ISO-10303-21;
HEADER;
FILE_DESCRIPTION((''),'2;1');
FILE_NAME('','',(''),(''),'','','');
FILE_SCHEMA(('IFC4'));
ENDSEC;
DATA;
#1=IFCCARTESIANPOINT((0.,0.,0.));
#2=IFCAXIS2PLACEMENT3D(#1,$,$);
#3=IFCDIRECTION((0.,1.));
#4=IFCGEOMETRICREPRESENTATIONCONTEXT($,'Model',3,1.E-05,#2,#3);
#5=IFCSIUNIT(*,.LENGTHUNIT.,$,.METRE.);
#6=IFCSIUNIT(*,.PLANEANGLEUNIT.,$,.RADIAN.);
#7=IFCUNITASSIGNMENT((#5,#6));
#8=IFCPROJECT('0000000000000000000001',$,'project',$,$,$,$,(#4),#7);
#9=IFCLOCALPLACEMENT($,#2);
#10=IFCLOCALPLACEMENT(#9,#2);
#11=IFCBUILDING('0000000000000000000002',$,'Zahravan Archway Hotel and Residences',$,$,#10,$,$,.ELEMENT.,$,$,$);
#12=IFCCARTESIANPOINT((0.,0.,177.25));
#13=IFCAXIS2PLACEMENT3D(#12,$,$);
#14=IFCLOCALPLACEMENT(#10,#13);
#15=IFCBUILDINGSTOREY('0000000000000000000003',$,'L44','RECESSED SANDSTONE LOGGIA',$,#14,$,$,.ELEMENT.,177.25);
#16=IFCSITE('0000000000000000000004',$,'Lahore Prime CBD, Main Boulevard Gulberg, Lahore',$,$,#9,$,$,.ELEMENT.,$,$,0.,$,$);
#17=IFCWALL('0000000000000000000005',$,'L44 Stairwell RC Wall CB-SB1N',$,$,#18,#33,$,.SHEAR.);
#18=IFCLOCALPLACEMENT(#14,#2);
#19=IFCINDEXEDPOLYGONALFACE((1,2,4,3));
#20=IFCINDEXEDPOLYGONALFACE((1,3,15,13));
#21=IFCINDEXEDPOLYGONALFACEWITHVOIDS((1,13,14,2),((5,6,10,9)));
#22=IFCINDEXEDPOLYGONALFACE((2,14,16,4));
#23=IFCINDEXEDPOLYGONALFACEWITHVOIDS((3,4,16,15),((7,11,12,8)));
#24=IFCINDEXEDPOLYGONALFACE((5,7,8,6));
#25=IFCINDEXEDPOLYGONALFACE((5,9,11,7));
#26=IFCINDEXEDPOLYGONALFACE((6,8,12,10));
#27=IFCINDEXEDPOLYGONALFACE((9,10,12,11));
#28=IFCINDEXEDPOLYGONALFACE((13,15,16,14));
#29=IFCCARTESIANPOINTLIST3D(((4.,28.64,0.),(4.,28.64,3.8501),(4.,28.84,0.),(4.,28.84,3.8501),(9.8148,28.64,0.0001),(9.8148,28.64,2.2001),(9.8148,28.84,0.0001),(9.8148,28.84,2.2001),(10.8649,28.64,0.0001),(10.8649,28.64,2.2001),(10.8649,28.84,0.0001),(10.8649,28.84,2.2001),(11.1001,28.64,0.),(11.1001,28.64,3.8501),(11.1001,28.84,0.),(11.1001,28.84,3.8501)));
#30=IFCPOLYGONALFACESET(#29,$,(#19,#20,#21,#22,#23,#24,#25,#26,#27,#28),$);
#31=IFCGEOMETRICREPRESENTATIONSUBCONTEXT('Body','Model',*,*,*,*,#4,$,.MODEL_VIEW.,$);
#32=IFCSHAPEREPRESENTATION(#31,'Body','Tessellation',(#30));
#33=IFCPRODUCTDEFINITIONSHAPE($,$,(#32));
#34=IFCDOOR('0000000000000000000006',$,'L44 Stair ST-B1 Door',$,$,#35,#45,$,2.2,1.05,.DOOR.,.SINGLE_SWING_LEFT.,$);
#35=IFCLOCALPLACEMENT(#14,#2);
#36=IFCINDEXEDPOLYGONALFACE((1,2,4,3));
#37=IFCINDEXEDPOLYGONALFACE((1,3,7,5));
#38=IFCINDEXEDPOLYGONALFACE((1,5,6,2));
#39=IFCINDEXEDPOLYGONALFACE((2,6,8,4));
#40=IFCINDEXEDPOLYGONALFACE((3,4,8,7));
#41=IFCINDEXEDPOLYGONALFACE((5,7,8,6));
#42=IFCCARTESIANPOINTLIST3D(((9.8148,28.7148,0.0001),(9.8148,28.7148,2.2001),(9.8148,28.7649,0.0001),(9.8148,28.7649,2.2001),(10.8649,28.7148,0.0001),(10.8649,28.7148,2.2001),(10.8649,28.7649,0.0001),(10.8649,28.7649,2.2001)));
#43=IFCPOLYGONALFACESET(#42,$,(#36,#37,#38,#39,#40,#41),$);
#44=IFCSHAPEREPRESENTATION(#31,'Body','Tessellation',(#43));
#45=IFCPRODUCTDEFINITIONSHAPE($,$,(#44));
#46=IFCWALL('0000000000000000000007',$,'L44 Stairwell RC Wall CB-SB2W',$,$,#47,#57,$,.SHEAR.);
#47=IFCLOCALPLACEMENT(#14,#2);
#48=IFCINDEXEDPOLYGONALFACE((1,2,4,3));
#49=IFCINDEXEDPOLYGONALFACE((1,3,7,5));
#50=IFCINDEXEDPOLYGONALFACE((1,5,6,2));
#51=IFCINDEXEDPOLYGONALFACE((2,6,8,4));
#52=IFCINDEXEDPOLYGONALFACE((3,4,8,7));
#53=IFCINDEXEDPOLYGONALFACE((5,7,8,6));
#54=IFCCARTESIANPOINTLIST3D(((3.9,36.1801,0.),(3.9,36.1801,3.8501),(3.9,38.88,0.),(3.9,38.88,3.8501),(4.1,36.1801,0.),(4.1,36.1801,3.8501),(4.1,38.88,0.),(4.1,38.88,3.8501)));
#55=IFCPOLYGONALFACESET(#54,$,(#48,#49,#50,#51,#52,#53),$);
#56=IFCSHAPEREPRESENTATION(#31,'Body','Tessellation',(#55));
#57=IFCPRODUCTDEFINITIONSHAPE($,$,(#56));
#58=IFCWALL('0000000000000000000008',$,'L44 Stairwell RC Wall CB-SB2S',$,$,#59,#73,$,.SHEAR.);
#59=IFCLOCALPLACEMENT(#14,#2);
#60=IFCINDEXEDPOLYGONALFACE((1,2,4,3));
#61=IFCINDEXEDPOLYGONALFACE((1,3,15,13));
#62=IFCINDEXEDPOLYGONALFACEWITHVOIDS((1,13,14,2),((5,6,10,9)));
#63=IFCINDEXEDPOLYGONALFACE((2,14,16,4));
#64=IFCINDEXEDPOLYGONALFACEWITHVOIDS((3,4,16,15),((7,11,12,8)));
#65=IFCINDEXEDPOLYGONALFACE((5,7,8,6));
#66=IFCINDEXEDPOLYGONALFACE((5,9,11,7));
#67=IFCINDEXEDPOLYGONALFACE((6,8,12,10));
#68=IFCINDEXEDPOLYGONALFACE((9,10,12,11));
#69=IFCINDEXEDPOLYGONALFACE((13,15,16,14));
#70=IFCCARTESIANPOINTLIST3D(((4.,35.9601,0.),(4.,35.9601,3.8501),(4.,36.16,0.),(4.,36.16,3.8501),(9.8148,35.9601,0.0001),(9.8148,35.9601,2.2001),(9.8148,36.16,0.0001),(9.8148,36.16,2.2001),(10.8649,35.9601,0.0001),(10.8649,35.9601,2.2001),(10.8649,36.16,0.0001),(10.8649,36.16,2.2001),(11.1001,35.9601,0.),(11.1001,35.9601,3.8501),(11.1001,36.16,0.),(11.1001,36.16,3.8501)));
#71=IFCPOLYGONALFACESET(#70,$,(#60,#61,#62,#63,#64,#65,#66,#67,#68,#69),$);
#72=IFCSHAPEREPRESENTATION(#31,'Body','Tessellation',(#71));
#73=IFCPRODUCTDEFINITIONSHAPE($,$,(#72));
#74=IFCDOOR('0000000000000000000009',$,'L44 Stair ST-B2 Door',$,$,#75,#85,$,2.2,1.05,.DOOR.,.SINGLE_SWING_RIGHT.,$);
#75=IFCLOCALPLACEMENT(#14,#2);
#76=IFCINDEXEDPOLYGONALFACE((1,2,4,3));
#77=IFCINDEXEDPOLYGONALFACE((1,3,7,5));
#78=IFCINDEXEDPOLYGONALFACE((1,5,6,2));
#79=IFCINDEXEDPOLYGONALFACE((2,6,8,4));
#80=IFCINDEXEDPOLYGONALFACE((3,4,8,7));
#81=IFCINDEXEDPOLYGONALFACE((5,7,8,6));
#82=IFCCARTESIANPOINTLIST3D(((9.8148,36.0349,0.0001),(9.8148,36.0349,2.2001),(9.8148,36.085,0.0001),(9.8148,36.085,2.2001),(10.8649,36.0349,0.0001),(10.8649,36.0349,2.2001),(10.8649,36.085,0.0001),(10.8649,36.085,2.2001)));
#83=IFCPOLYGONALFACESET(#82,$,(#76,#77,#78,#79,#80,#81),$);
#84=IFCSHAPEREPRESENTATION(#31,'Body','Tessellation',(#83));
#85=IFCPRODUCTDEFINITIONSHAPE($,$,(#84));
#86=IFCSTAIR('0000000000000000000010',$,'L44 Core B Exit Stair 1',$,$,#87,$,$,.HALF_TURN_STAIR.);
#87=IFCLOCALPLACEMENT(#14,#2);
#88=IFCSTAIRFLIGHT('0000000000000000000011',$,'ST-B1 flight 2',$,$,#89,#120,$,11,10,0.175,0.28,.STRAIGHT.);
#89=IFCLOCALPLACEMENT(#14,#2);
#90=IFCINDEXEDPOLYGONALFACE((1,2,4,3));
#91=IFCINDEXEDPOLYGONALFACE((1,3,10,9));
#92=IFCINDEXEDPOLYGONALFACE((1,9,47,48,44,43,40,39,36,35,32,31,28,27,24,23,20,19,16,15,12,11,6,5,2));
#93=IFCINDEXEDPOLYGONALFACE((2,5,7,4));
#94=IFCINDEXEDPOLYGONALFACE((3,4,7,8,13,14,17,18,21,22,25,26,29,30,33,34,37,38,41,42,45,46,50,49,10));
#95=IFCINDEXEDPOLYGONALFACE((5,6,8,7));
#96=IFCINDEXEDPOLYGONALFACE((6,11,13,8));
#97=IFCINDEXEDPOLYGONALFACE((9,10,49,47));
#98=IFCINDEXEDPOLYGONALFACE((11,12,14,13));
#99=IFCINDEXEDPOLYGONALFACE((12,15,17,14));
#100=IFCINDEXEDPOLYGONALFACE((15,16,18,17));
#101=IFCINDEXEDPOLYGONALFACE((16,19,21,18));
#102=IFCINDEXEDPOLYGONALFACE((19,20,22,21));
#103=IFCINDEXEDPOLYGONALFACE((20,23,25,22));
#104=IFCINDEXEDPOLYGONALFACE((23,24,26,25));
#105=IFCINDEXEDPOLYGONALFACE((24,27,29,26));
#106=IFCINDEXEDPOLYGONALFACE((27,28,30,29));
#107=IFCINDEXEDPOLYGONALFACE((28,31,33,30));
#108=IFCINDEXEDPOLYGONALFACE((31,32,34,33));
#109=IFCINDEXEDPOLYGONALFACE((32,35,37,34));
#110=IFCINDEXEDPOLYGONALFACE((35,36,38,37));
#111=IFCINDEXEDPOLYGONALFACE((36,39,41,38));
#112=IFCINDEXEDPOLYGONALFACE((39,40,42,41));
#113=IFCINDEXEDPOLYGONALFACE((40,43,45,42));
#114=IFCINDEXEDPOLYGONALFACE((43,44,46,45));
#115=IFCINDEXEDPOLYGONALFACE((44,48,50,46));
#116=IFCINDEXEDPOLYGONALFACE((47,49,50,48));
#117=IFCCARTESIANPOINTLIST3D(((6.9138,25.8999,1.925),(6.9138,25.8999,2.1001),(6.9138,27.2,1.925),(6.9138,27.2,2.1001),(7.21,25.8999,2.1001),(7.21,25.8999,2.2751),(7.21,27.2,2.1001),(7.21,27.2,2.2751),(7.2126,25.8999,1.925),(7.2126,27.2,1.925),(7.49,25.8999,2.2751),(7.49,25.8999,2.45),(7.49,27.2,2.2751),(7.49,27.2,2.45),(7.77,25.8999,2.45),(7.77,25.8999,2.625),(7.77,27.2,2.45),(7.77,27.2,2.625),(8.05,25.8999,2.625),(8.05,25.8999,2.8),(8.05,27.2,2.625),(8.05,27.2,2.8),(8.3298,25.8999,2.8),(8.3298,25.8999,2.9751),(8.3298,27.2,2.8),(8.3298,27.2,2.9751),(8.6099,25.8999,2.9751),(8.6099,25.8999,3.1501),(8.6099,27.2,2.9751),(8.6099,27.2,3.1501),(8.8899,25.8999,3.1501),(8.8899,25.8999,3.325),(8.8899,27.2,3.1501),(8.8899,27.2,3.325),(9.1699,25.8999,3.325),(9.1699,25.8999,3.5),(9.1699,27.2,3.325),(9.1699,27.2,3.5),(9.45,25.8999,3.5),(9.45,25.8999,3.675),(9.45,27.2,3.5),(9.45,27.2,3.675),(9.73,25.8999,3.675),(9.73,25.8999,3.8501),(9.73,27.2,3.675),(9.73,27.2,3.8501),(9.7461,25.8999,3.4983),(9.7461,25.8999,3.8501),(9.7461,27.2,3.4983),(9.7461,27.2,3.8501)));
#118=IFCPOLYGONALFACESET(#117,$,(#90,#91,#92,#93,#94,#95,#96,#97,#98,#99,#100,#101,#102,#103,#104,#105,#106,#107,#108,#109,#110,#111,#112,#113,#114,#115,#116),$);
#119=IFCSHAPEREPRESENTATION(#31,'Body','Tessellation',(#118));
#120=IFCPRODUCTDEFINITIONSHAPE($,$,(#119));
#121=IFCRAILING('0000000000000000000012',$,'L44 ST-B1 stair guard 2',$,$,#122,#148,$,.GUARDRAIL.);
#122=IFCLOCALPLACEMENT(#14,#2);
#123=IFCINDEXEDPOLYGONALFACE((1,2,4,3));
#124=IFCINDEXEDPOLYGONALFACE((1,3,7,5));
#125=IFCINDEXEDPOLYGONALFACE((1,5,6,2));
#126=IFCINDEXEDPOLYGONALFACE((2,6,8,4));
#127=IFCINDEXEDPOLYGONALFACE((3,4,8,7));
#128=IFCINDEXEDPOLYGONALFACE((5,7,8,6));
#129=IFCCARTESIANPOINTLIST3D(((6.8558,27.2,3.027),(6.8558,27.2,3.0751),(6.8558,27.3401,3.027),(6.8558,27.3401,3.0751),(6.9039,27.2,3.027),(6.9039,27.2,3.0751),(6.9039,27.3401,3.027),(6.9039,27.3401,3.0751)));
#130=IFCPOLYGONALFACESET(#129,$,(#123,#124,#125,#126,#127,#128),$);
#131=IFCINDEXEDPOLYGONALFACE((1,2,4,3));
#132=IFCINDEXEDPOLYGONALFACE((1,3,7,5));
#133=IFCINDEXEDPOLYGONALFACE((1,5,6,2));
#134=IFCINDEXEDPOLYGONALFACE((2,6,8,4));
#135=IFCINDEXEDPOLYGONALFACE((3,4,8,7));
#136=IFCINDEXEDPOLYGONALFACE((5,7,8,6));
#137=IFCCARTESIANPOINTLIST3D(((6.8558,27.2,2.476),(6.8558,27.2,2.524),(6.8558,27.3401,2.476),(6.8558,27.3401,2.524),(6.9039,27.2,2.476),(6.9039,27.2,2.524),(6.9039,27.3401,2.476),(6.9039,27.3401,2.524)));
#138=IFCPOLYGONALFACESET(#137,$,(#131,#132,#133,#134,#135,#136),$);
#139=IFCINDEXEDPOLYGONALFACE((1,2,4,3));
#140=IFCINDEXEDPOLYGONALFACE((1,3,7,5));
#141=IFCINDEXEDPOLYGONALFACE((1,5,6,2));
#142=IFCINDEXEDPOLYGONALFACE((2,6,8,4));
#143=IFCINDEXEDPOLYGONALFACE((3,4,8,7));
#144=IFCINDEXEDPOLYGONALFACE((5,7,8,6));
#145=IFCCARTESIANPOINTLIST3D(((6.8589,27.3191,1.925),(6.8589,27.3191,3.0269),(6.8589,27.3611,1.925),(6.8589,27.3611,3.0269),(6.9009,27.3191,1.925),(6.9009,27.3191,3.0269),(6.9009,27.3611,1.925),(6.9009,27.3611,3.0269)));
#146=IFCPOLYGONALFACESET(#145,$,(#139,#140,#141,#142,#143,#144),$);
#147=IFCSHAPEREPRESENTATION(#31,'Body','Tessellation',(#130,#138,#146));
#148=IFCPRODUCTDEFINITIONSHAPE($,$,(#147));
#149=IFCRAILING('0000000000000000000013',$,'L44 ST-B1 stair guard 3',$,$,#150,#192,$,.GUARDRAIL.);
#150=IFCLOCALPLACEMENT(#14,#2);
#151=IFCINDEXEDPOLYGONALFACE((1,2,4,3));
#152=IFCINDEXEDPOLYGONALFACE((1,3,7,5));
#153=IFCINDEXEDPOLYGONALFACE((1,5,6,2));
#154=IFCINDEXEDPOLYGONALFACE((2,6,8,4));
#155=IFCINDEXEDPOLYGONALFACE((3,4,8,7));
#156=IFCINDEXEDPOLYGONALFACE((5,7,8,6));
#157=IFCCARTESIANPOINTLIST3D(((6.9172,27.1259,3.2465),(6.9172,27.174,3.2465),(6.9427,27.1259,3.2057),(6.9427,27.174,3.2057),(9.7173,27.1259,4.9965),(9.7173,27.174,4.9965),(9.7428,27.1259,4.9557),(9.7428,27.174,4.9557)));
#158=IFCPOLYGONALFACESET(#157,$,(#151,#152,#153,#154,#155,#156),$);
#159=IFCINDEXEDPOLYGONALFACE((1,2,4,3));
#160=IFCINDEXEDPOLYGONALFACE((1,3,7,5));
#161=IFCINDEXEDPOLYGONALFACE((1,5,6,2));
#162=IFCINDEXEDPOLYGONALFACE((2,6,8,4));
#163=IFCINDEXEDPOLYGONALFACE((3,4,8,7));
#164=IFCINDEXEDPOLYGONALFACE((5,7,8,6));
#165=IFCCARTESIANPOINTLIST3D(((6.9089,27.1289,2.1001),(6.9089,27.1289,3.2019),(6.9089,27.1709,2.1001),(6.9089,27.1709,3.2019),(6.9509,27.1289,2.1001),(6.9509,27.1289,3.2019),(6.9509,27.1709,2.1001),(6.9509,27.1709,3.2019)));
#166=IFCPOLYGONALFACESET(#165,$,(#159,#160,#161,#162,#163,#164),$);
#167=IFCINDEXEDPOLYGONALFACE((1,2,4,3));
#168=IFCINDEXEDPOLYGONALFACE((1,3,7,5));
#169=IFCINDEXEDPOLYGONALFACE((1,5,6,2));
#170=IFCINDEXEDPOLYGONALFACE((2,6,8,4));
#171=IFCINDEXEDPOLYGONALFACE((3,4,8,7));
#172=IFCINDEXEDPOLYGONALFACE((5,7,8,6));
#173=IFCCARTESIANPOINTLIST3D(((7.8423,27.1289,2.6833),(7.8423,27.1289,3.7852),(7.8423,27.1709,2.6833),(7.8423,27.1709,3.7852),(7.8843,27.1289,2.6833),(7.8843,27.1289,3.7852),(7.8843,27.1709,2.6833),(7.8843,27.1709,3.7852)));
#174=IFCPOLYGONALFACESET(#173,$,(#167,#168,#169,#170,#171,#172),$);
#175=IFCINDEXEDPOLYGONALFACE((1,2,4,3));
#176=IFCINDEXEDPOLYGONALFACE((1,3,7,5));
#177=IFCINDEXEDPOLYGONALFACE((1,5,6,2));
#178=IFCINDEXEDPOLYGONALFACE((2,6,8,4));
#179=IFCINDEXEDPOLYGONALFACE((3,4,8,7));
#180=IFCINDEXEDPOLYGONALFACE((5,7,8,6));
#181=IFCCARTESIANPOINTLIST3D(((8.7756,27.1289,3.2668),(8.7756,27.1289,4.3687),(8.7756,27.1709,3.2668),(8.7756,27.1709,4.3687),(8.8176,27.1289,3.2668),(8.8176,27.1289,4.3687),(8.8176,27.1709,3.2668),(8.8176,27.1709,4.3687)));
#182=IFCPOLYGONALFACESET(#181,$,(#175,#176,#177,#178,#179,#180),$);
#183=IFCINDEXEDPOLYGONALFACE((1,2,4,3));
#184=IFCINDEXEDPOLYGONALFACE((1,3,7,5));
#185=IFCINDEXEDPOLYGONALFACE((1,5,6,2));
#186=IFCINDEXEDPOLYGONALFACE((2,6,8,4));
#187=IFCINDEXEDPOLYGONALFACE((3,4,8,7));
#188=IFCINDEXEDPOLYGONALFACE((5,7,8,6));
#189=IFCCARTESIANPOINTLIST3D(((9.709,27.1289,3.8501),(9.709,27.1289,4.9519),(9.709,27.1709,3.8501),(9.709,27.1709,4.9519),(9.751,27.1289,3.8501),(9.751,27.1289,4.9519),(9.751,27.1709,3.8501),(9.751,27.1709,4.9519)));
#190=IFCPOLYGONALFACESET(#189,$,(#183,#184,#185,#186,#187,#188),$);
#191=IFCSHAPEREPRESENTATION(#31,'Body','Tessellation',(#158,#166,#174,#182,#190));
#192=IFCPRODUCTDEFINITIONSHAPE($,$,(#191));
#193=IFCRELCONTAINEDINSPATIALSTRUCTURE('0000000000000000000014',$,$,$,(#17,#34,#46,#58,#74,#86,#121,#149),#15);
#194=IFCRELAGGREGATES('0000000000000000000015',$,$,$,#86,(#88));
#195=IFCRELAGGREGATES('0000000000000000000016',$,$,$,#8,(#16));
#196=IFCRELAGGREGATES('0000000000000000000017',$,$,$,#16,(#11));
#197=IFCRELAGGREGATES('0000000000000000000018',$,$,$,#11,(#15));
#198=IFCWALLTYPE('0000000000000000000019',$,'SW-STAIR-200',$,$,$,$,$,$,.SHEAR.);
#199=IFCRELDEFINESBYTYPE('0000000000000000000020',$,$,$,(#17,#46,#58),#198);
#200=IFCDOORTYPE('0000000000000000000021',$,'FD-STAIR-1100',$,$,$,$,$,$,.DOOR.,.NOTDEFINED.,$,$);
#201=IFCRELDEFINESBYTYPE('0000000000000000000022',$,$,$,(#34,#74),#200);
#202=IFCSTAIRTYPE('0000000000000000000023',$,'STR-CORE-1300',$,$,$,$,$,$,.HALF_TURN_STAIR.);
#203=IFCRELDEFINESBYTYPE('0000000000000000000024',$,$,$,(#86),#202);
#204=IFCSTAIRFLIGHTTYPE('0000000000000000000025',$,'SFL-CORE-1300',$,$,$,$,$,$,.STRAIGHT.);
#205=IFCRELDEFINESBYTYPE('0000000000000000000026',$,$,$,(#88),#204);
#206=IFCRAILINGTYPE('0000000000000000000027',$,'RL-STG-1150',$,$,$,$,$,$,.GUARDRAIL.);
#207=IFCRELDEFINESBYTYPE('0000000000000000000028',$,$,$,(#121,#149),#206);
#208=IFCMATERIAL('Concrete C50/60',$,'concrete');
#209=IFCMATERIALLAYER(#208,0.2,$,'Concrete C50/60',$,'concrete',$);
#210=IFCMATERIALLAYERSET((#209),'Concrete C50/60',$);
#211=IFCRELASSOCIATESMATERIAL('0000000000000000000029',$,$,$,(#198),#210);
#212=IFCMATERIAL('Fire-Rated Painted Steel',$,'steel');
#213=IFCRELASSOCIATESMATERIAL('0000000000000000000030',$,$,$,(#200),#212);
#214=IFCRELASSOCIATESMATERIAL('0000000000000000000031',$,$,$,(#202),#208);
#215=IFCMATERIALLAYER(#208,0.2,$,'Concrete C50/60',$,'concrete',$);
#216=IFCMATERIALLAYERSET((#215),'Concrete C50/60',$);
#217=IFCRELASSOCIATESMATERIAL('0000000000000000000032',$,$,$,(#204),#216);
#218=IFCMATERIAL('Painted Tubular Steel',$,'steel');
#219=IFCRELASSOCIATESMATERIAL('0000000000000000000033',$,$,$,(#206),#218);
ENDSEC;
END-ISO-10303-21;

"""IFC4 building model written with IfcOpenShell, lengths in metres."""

from ifc_helpers import new_model, si_unit, direction, frame, frame_2d, origin, origin_2d, place, context, subcontext, project, spatial, polyline, rectangle, outline, extrude, source, transform, mapped, material, layer, layer_set, type_object, type_shapes, element, fill, aggregate, save


model = new_model("IFC4")

# Units and contexts
model_context = context("Model", 3, precision=1e-05, world=origin(), true_north=direction((0.0, 1.0)))
body_context = subcontext(model_context, "Body", "Model", "MODEL_VIEW")
ifc_project = project(units=[si_unit("LENGTHUNIT", "METRE"), si_unit("PLANEANGLEUNIT", "RADIAN")], contexts=[model_context])

# Site, building, storey
site_placement = place(None, origin())
site = spatial("IfcSite", under=ifc_project, at=site_placement, Name="Lahore Prime CBD, Main Boulevard Gulberg, Lahore", CompositionType="ELEMENT", RefElevation=0.0)
building_placement = place(site_placement, origin())
building = spatial("IfcBuilding", under=site, at=building_placement, Name="Zahravan Archway Hotel and Residences", CompositionType="ELEMENT")
storey_placement = place(building_placement, frame((0.0, 0.0, 177.25)))
storey = spatial("IfcBuildingStorey", under=building, at=storey_placement, Name="L44", Description="RECESSED SANDSTONE LOGGIA", CompositionType="ELEMENT", Elevation=177.25)

# Shared definitions
ifc_material_1 = material(Name="Fire-Rated Painted Steel", Category="steel")

# Shared definitions
ifc_material_2 = material(Name="Concrete C50/60", Category="concrete")
ifc_layer_1 = layer(ifc_material_2, 0.2, Name="Concrete C50/60", Category="concrete")
ifc_layer_set_1 = layer_set([ifc_layer_1], Name="Concrete C50/60")
wall_type_1 = type_object("IfcWallType", Name="SW-STAIR-200", PredefinedType="SHEAR", material=ifc_layer_set_1)

# Wall, opening, door
wall_1_placement = place(storey_placement, frame((4.0, 28.74, 0.0), z_axis=(0.0, 0.0, 1.0), x_axis=(1.0, 0.0, 0.0)))
wall_1 = element("IfcWall", 1, at=wall_1_placement, inside=storey, type_object=wall_type_1, Name="L44 Stairwell RC Wall CB-SB1N", PredefinedType="SHEAR", context=body_context, shape_type="SweptSolid", body=[
    extrude(rectangle(XDim=7.1001, YDim=0.2, at=frame_2d((3.55, 0.0))), origin(), (0.0, 0.0, 1.0), 3.8501),
])
opening_1_placement = place(wall_1_placement, frame((5.8149, 0.0, 0.0)))
opening_1 = element("IfcOpeningElement", 2, at=opening_1_placement, cuts=wall_1, PredefinedType="OPENING", context=body_context, shape_type="SweptSolid", body=[
    extrude(rectangle(XDim=1.05, YDim=2.2, at=frame_2d((0.5249, 1.1001))), frame((0.0, 0.1099, 0.0), z_axis=(0.0, -1.0, 0.0), x_axis=(1.0, 0.0, 0.0)), (0.0, 0.0, 1.0), 0.22),
])
door_type_1 = type_object("IfcDoorType", Name="FD-STAIR-1100", OperationType="NOTDEFINED", PredefinedType="DOOR", material=ifc_material_1)
shared_shape_1 = source(origin(), body_context, "Body", "SweptSolid", [
    extrude(rectangle(XDim=1.05, YDim=2.2, at=frame_2d((0.5249, 1.1001))), frame((0.0, 0.0249, 0.0), z_axis=(0.0, -1.0, 0.0), x_axis=(1.0, 0.0, 0.0)), (0.0, 0.0, 1.0), 0.05),
])
type_shapes(door_type_1, [shared_shape_1])
door_1_placement = place(opening_1_placement, origin())
door_1 = element("IfcDoor", 3, at=door_1_placement, inside=storey, type_object=door_type_1, Name="L44 Stair ST-B1 Door", OperationType="SINGLE_SWING_LEFT", OverallHeight=2.2, OverallWidth=1.05, PredefinedType="DOOR", context=body_context, shape_type="MappedRepresentation", body=[
    mapped(shared_shape_1, transform((0.0, 0.0, 0.0), scale=1.0)),
])
fill(opening_1, door_1)

# Wall
wall_2_placement = place(storey_placement, frame((4.0, 36.1799, 0.0), z_axis=(0.0, 0.0, 1.0), x_axis=(0.0, 1.0, 0.0)))
element("IfcWall", 4, at=wall_2_placement, inside=storey, type_object=wall_type_1, Name="L44 Stairwell RC Wall CB-SB2W", PredefinedType="SHEAR", context=body_context, shape_type="SweptSolid", body=[
    extrude(rectangle(XDim=2.7, YDim=0.2, at=frame_2d((1.3501, 0.0))), origin(), (0.0, 0.0, 1.0), 3.8501),
])

# Wall, opening, door
wall_3_placement = place(storey_placement, frame((4.0, 36.0601, 0.0), z_axis=(0.0, 0.0, 1.0), x_axis=(1.0, 0.0, 0.0)))
wall_3 = element("IfcWall", 5, at=wall_3_placement, inside=storey, type_object=wall_type_1, Name="L44 Stairwell RC Wall CB-SB2S", PredefinedType="SHEAR", context=body_context, shape_type="SweptSolid", body=[
    extrude(rectangle(XDim=7.1001, YDim=0.2, at=frame_2d((3.55, 0.0))), origin(), (0.0, 0.0, 1.0), 3.8501),
])
opening_2_placement = place(wall_3_placement, frame((5.8149, 0.0, 0.0)))
opening_2 = element("IfcOpeningElement", 6, at=opening_2_placement, cuts=wall_3, PredefinedType="OPENING", context=body_context, shape_type="SweptSolid", body=[
    extrude(rectangle(XDim=1.05, YDim=2.2, at=frame_2d((0.5249, 1.1001))), frame((0.0, 0.1099, 0.0), z_axis=(0.0, -1.0, 0.0), x_axis=(1.0, 0.0, 0.0)), (0.0, 0.0, 1.0), 0.22),
])
door_2_placement = place(opening_2_placement, origin())
door_2 = element("IfcDoor", 7, at=door_2_placement, inside=storey, type_object=door_type_1, Name="L44 Stair ST-B2 Door", OperationType="SINGLE_SWING_RIGHT", OverallHeight=2.2, OverallWidth=1.05, PredefinedType="DOOR", context=body_context, shape_type="MappedRepresentation", body=[
    mapped(shared_shape_1, transform((0.0, 0.0, 0.0), scale=1.0)),
])
fill(opening_2, door_2)

# Stair, stair flight
stair_type = type_object("IfcStairType", Name="STR-CORE-1300", PredefinedType="HALF_TURN_STAIR", material=ifc_material_2)
stair_placement = place(storey_placement, origin())
stair = element("IfcStair", 8, at=stair_placement, inside=storey, type_object=stair_type, Name="L44 Core B Exit Stair 1", PredefinedType="HALF_TURN_STAIR")
ifc_layer_2 = layer(ifc_material_2, 0.2, Name="Concrete C50/60", Category="concrete")
ifc_layer_set_2 = layer_set([ifc_layer_2], Name="Concrete C50/60")
stair_flight_type = type_object("IfcStairFlightType", Name="SFL-CORE-1300", PredefinedType="STRAIGHT", material=ifc_layer_set_2)
shared_shape_2 = source(origin(), body_context, "Body", "SweptSolid", [
    extrude(outline(polyline([(-0.0161, 0.0), (-0.0161, 0.175), (0.28, 0.175), (0.28, 0.3501), (0.5601, 0.3501), (0.5601, 0.5249), (0.8401, 0.5249), (0.8401, 0.7), (1.1201, 0.7), (1.1201, 0.875), (1.3999, 0.875), (1.3999, 1.05), (1.6799, 1.05), (1.6799, 1.2251), (1.96, 1.2251), (1.96, 1.3999), (2.24, 1.3999), (2.24, 1.575), (2.52, 1.575), (2.52, 1.75), (2.8, 1.75), (2.8, 1.925), (2.8162, 1.925), (2.8162, 1.5732), (0.2827, 0.0), (-0.0161, 0.0)])), frame((0.0, 0.6499, 0.0), z_axis=(0.0, -1.0, 0.0), x_axis=(1.0, 0.0, 0.0)), (0.0, 0.0, 1.0), 1.3),
])
stair_flight_placement = place(storey_placement, frame((6.9299, 26.55, 1.925), z_axis=(0.0, 0.0, 1.0), x_axis=(1.0, 0.0, 0.0)))
stair_flight = element("IfcStairFlight", 9, at=stair_flight_placement, type_object=stair_flight_type, Name="ST-B1 flight 2", NumberOfRisers=11, NumberOfTreads=10, PredefinedType="STRAIGHT", RiserHeight=0.175, TreadLength=0.28, context=body_context, shape_type="MappedRepresentation", body=[
    mapped(shared_shape_2, transform((0.0, 0.0, 0.0), scale=1.0)),
])
aggregate(stair, [stair_flight])

# Railings
ifc_material_3 = material(Name="Painted Tubular Steel", Category="steel")
railing_type_1 = type_object("IfcRailingType", Name="RL-STG-1150", PredefinedType="GUARDRAIL", material=ifc_material_3)
railing_1_placement = place(storey_placement, frame((6.8799, 27.3401, 1.925)))
element("IfcRailing", 10, at=railing_1_placement, inside=storey, type_object=railing_type_1, Name="L44 ST-B1 stair guard 2", PredefinedType="GUARDRAIL", context=body_context, shape_type="SweptSolid", body=[
    extrude(rectangle(XDim=0.0481, YDim=0.0481, at=origin_2d()), frame((0.0, 0.0, 1.126), z_axis=(0.0, -1.0, 0.0), x_axis=(1.0, 0.0, 0.0)), (0.0, 0.0, 1.0), 0.1401),
    extrude(rectangle(XDim=0.0481, YDim=0.0481, at=origin_2d()), frame((0.0, 0.0, 0.575), z_axis=(0.0, -1.0, 0.0), x_axis=(1.0, 0.0, 0.0)), (0.0, 0.0, 1.0), 0.1401),
    extrude(rectangle(XDim=0.042, YDim=0.042, at=origin_2d()), origin(), (0.0, 0.0, 1.0), 1.1018),
])
railing_2_placement = place(storey_placement, frame((6.9299, 27.1499, 2.1001)))
element("IfcRailing", 11, at=railing_2_placement, inside=storey, type_object=railing_type_1, Name="L44 ST-B1 stair guard 3", PredefinedType="GUARDRAIL", context=body_context, shape_type="SweptSolid", body=[
    extrude(rectangle(XDim=0.0481, YDim=0.0481, at=origin_2d()), frame((0.0, 0.0, 1.126), z_axis=(0.848002, 0.0, 0.529992), x_axis=(0.0, 1.0, 0.0)), (0.0, 0.0, 1.0), 3.302),
    extrude(rectangle(XDim=0.042, YDim=0.042, at=origin_2d()), origin(), (0.0, 0.0, 1.0), 1.1018),
    extrude(rectangle(XDim=0.042, YDim=0.042, at=origin_2d()), frame((0.9333, 0.0, 0.5833)), (0.0, 0.0, 1.0), 1.1018),
    extrude(rectangle(XDim=0.042, YDim=0.042, at=origin_2d()), frame((1.8667, 0.0, 1.1667)), (0.0, 0.0, 1.0), 1.1018),
    extrude(rectangle(XDim=0.042, YDim=0.042, at=origin_2d()), frame((2.8, 0.0, 1.75)), (0.0, 0.0, 1.0), 1.1018),
])

save(model, "model.ifc")
